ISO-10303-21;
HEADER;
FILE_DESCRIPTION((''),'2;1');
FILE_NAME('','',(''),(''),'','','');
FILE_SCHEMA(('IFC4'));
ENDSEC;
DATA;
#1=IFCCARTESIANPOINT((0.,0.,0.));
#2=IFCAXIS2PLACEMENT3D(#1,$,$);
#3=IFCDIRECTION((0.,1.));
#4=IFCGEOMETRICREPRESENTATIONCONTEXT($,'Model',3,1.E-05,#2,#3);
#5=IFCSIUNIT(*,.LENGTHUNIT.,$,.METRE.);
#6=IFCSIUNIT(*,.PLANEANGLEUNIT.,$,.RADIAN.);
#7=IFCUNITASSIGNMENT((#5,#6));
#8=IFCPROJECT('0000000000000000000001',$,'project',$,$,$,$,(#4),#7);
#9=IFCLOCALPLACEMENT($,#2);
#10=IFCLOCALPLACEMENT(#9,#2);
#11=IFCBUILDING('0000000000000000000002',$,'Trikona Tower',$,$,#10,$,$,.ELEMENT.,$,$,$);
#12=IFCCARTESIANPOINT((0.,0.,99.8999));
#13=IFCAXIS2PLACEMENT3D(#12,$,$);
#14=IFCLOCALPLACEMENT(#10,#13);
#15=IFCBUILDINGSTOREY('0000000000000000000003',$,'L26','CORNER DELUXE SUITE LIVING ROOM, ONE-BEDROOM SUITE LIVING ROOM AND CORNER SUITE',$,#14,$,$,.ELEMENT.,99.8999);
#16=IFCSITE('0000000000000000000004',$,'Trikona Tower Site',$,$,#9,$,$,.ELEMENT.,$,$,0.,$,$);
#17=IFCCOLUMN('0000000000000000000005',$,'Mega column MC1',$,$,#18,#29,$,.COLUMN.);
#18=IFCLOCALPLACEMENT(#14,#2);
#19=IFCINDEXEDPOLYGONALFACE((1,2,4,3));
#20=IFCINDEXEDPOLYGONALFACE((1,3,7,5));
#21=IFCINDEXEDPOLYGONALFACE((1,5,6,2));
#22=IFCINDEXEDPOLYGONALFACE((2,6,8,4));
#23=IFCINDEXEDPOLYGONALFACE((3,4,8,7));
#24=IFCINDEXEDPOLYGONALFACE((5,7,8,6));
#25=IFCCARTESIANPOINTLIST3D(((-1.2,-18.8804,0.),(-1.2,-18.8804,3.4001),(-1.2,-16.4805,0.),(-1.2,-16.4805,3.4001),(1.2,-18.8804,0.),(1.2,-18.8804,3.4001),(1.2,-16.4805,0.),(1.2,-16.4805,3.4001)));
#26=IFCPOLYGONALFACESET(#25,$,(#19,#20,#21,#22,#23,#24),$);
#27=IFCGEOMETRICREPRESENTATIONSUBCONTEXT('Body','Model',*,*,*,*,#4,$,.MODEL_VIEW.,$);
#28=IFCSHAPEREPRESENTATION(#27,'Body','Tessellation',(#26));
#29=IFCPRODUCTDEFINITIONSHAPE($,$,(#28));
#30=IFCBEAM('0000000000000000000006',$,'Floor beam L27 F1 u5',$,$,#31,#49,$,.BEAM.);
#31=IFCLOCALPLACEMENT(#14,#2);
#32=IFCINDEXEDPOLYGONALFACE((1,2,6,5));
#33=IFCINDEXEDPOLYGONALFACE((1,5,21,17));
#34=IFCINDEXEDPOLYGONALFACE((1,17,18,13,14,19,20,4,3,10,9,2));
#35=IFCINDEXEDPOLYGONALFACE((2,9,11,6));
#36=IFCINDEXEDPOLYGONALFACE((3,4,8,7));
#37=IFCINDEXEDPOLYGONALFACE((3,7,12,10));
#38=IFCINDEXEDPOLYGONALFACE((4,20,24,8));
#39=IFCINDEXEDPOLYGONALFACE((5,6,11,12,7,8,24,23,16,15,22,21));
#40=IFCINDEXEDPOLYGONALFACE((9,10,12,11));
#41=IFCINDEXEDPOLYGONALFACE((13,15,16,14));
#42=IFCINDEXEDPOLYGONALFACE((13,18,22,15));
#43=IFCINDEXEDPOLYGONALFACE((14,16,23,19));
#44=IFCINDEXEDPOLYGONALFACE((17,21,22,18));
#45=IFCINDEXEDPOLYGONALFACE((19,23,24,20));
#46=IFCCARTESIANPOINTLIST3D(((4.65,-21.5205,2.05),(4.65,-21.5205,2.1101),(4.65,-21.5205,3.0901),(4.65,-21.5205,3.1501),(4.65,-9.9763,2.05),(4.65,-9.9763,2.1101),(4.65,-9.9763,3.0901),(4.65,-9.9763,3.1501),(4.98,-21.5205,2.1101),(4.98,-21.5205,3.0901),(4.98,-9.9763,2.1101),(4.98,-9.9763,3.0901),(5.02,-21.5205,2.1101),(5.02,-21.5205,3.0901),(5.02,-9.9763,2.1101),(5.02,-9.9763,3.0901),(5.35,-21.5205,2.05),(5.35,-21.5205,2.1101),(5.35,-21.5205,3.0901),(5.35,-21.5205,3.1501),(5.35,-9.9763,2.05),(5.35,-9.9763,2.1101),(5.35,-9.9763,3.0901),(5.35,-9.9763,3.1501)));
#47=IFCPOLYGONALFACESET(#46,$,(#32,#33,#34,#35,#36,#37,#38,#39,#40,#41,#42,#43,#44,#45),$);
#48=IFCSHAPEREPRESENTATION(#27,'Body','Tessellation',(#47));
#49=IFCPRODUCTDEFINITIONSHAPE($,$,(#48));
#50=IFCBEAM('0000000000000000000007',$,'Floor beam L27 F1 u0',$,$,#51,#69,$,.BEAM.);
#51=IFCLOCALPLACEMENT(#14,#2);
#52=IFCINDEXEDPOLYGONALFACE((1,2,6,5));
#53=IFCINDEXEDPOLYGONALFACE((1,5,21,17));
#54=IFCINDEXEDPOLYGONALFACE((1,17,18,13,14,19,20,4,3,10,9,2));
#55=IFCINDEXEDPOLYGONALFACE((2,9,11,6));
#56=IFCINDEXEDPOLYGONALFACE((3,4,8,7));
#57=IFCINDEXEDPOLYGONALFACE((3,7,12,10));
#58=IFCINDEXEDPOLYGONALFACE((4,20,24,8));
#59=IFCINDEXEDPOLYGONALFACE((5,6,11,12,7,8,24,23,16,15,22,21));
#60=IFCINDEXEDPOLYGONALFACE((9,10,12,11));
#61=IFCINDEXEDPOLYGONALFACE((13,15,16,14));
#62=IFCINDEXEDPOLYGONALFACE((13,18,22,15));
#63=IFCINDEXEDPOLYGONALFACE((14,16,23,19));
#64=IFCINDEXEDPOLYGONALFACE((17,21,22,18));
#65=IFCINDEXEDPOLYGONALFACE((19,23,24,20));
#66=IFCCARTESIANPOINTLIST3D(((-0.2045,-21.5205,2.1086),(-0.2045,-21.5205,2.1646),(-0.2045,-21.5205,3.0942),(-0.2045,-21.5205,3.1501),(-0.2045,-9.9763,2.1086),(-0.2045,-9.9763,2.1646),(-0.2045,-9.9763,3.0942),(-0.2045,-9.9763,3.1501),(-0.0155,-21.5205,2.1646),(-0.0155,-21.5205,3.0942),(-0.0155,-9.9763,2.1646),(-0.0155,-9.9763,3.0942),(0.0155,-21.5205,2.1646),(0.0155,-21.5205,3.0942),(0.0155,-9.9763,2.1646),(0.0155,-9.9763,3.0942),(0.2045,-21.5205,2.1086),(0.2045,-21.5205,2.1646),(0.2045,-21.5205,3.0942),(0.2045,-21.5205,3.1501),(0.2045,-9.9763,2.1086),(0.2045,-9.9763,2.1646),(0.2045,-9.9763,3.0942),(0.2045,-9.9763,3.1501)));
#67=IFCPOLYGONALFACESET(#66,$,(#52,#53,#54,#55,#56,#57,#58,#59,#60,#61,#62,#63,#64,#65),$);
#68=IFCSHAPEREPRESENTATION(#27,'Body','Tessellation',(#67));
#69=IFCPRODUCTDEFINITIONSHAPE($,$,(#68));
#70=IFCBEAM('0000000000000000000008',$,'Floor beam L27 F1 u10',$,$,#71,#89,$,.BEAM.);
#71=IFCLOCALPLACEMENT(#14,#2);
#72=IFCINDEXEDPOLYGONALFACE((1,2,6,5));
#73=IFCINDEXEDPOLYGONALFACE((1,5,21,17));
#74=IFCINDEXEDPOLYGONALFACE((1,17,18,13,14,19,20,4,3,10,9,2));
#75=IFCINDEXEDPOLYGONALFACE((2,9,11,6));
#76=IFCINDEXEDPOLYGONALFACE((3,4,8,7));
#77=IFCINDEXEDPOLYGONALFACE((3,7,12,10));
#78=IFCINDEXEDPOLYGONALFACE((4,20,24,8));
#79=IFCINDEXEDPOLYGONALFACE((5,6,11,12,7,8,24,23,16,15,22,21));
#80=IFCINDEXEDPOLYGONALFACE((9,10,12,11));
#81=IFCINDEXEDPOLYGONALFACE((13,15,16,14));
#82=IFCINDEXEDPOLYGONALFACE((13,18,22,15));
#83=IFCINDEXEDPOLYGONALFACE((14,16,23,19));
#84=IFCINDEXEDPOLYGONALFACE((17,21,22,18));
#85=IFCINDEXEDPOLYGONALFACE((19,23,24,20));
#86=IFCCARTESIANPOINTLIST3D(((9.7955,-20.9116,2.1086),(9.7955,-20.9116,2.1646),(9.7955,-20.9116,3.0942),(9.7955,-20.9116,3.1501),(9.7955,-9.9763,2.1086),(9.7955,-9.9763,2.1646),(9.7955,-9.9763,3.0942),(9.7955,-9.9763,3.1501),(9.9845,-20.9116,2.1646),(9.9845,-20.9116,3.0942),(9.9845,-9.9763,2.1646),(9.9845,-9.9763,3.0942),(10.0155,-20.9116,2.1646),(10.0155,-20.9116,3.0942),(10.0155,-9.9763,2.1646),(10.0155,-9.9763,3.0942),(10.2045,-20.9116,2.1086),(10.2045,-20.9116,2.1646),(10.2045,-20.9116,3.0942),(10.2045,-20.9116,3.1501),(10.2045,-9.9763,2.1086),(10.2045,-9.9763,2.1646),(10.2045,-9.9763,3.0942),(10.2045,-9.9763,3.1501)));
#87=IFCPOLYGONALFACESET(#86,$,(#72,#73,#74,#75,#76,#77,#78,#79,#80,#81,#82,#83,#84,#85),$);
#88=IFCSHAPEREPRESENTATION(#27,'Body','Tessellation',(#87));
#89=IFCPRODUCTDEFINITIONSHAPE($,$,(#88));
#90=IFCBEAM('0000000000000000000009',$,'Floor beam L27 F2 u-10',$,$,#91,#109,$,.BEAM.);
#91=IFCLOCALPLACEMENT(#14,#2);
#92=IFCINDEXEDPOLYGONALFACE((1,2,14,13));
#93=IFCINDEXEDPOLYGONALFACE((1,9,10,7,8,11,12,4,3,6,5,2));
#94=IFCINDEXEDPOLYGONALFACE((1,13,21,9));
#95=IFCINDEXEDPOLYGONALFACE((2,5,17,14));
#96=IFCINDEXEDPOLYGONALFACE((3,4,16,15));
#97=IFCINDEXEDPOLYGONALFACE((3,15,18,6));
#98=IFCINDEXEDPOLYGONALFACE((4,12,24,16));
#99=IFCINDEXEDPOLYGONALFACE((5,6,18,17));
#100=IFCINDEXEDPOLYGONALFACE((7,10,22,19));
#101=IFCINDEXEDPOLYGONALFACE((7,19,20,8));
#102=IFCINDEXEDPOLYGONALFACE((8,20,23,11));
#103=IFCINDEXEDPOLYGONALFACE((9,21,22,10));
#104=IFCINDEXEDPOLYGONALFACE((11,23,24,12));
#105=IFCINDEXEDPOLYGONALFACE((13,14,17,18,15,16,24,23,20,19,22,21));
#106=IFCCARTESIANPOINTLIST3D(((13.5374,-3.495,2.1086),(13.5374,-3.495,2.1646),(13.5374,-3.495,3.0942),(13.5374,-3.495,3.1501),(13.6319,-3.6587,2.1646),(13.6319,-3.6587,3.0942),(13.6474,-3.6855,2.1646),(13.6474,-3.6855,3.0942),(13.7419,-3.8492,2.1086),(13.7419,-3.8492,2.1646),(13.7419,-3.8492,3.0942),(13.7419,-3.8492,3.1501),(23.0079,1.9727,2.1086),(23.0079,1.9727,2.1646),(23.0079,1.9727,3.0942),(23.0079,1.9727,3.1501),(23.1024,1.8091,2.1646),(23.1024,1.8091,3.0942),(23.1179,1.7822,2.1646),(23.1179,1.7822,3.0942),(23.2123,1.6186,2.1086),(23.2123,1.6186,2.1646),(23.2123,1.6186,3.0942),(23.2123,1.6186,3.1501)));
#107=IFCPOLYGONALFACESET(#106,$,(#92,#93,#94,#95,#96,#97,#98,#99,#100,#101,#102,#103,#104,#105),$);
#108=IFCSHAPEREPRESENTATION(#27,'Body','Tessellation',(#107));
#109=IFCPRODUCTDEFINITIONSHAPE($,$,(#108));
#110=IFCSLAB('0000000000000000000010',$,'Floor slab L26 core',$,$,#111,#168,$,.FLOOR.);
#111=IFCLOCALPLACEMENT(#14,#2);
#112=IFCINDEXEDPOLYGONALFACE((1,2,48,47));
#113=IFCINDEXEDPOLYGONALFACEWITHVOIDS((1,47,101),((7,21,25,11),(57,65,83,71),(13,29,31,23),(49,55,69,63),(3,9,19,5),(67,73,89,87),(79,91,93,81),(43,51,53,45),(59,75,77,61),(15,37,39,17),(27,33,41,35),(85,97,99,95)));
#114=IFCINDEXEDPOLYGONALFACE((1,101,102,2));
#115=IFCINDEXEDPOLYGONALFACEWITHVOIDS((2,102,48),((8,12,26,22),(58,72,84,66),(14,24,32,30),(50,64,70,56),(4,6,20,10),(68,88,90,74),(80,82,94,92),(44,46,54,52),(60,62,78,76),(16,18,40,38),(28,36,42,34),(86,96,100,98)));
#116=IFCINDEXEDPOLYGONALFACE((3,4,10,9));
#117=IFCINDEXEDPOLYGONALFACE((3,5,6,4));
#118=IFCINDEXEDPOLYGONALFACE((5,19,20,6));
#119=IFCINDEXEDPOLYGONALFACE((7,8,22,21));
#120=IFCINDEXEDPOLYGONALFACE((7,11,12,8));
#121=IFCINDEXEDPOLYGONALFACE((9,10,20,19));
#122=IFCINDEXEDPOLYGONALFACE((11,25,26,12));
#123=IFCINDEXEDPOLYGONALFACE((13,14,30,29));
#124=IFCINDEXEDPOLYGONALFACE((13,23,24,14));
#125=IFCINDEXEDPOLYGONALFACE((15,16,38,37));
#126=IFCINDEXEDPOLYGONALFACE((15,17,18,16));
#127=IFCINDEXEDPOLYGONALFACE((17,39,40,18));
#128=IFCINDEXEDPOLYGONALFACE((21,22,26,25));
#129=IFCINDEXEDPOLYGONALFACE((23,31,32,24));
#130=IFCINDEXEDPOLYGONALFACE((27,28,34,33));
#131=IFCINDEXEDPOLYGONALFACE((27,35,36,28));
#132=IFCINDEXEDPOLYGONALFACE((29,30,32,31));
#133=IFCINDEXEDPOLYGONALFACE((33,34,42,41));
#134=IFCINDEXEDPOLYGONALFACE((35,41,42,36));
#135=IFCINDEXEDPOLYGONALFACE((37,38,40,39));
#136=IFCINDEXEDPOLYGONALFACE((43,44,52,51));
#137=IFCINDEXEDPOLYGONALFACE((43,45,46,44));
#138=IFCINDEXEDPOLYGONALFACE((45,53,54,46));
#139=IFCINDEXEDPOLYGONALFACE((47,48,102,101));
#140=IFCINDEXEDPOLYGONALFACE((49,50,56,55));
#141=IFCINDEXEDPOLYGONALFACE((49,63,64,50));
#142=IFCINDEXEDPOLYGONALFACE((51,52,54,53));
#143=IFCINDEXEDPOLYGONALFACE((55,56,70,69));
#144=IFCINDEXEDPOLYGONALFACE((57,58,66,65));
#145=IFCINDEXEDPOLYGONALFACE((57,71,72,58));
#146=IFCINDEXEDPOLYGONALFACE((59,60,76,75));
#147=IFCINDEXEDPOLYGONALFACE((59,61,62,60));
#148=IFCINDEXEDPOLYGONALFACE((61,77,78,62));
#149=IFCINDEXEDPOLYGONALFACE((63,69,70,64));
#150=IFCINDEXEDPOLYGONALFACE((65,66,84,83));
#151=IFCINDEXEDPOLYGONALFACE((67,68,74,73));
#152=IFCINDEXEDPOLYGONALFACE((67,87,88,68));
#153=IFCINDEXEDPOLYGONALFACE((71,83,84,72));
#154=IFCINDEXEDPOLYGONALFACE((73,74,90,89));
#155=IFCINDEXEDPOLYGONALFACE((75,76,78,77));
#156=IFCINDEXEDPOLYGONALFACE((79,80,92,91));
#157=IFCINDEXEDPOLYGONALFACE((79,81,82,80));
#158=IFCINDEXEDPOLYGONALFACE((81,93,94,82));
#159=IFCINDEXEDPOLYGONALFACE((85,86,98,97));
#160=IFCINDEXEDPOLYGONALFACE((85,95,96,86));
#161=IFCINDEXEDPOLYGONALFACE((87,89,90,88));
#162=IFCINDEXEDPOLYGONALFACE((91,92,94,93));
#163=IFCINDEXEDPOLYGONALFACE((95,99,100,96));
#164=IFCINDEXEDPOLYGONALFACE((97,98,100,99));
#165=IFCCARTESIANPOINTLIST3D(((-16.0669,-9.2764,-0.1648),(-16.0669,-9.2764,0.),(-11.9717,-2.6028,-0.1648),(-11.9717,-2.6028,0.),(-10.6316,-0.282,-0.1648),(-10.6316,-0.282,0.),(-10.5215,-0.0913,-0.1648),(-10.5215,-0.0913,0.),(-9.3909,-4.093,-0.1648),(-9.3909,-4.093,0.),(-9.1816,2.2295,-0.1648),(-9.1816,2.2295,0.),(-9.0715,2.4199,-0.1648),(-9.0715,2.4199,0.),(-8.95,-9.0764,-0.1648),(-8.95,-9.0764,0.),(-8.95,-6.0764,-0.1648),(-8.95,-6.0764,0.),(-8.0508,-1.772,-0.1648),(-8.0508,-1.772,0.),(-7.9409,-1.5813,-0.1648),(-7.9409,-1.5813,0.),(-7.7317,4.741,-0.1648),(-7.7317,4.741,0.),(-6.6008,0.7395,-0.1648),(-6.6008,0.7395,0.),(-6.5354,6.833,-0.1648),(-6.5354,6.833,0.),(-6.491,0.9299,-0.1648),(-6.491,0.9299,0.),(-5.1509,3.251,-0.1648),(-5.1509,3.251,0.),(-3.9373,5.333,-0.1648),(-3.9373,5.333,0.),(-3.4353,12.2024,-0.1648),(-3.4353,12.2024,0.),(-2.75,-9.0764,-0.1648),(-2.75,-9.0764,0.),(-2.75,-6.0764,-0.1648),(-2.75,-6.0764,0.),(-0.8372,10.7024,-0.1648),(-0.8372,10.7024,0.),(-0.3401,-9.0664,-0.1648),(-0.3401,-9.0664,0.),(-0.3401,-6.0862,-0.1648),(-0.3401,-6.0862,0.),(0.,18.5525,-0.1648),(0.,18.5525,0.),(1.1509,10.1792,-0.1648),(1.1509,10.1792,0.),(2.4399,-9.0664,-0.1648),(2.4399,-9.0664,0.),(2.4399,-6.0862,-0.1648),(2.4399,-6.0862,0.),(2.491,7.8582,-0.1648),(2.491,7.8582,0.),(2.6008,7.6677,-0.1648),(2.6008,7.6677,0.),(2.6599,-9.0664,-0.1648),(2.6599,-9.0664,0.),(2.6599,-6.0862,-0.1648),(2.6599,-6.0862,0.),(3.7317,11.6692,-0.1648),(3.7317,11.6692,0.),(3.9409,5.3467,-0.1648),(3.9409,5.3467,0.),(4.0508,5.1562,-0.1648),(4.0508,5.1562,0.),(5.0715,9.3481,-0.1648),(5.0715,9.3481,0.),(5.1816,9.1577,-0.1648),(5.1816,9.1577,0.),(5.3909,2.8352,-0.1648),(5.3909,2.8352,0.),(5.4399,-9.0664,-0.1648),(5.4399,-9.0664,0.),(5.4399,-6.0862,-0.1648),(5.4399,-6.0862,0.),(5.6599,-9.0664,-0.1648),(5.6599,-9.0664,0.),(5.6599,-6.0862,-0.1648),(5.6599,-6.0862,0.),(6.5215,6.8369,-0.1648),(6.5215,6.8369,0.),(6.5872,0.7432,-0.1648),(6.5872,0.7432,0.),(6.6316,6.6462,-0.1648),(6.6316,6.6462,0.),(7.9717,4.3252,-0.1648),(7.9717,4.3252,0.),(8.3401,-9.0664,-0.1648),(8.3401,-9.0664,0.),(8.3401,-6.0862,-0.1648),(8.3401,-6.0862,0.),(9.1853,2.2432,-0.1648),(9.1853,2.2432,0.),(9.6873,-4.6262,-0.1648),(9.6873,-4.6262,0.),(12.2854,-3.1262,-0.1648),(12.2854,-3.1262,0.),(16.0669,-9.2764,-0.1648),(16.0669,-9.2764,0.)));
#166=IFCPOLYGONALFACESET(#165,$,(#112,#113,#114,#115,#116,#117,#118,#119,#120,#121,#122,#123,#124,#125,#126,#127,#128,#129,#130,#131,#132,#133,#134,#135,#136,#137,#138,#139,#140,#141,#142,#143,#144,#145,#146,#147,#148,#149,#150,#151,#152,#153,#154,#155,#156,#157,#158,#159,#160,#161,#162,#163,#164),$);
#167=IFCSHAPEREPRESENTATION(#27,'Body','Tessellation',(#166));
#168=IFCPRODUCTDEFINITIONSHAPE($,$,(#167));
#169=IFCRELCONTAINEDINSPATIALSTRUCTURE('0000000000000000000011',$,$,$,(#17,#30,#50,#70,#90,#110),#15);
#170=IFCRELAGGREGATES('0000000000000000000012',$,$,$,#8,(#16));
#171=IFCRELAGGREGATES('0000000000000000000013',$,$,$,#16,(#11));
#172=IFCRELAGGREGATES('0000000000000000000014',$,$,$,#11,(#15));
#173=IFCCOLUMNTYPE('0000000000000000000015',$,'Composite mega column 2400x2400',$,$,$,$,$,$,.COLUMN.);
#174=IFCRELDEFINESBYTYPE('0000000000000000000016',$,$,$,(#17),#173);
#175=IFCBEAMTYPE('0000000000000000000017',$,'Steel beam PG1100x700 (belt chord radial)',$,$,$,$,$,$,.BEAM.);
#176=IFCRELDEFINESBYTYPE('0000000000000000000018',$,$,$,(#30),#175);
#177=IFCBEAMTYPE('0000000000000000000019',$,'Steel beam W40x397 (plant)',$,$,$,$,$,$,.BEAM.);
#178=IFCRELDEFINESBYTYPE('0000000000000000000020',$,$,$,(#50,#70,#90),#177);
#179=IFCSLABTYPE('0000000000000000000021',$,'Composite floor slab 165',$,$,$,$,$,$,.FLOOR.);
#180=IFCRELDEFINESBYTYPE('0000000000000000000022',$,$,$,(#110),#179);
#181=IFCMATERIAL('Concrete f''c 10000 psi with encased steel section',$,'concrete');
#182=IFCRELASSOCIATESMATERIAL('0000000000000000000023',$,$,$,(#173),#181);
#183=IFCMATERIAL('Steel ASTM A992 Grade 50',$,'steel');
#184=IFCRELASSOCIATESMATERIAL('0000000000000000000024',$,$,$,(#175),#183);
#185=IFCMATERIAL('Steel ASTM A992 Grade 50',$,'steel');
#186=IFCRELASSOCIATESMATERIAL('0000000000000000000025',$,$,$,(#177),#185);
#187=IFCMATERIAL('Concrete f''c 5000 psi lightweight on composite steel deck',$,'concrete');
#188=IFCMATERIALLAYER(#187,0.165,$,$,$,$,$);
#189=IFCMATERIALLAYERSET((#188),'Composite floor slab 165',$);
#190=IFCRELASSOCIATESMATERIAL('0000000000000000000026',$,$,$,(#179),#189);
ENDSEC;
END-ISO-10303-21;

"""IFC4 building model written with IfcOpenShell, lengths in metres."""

from ifc_helpers import new_model, si_unit, direction, frame, origin, origin_2d, place, context, subcontext, project, spatial, polyline, rectangle, i_section, outline, extrude, material, layer, layer_set, material_profile, profile_set, type_object, element, save


model = new_model("IFC4")

# Units and contexts
model_context = context("Model", 3, precision=1e-05, world=origin(), true_north=direction((0.0, 1.0)))
body_context = subcontext(model_context, "Body", "Model", "MODEL_VIEW")
ifc_project = project(units=[si_unit("LENGTHUNIT", "METRE"), si_unit("PLANEANGLEUNIT", "RADIAN")], contexts=[model_context])

# Site, building, storey
site_placement = place(None, origin())
site = spatial("IfcSite", under=ifc_project, at=site_placement, Name="Trikona Tower Site", CompositionType="ELEMENT", RefElevation=0.0)
building_placement = place(site_placement, origin())
building = spatial("IfcBuilding", under=site, at=building_placement, Name="Trikona Tower", CompositionType="ELEMENT")
storey_placement = place(building_placement, frame((0.0, 0.0, 99.8999)))
storey = spatial("IfcBuildingStorey", under=building, at=storey_placement, Name="L26", Description="CORNER DELUXE SUITE LIVING ROOM, ONE-BEDROOM SUITE LIVING ROOM AND CORNER SUITE", CompositionType="ELEMENT", Elevation=99.8999)

# Column
ifc_material_1 = material(Name="Concrete f'c 10000 psi with encased steel section", Category="concrete")
ifc_material_profile_1 = material_profile(ifc_material_1, rectangle(XDim=2.3999, YDim=2.3999, at=origin_2d()), Name="MC2400")
ifc_profile_set_1 = profile_set([ifc_material_profile_1], Name="Concrete f'c 10000 psi with encased steel section")
column_type = type_object("IfcColumnType", Name="Composite mega column 2400x2400", PredefinedType="COLUMN", material=ifc_profile_set_1)
column_placement = place(storey_placement, frame((0.0, -17.6804, 0.0), z_axis=(0.0, 0.0, 1.0), x_axis=(0.0, -1.0, 0.0)))
element("IfcColumn", 1, at=column_placement, inside=storey, type_object=column_type, Name="Mega column MC1", PredefinedType="COLUMN", context=body_context, shape_type="SweptSolid", body=[
    extrude(rectangle(XDim=2.3999, YDim=2.3999, at=origin_2d()), origin(), (0.0, 0.0, 1.0), 3.4001),
])

# Beams
ifc_material_2 = material(Name="Steel ASTM A992 Grade 50", Category="steel")
ifc_material_profile_2 = material_profile(ifc_material_2, i_section(OverallWidth=0.7, OverallDepth=1.1001, WebThickness=0.04, FlangeThickness=0.0601, at=origin_2d()), Name="PG1100X700")
ifc_profile_set_2 = profile_set([ifc_material_profile_2], Name="Steel ASTM A992 Grade 50")
beam_type_1 = type_object("IfcBeamType", Name="Steel beam PG1100x700 (belt chord radial)", PredefinedType="BEAM", material=ifc_profile_set_2)
beam_1_placement = place(storey_placement, frame((5.0, -9.9763, 2.6001), z_axis=(0.0, -1.0, 0.0), x_axis=(1.0, 0.0, 0.0)))
element("IfcBeam", 2, at=beam_1_placement, inside=storey, type_object=beam_type_1, Name="Floor beam L27 F1 u5", PredefinedType="BEAM", context=body_context, shape_type="SweptSolid", body=[
    extrude(i_section(OverallWidth=0.7, OverallDepth=1.1001, WebThickness=0.04, FlangeThickness=0.0601, at=origin_2d()), origin(), (0.0, 0.0, 1.0), 11.5442),
])
ifc_material_3 = material(Name="Steel ASTM A992 Grade 50", Category="steel")
ifc_material_profile_3 = material_profile(ifc_material_3, i_section(OverallWidth=0.4089, OverallDepth=1.0415, WebThickness=0.031, FlangeThickness=0.0559, at=origin_2d()), Name="W40X397")
ifc_profile_set_3 = profile_set([ifc_material_profile_3], Name="Steel ASTM A992 Grade 50")
beam_type_2 = type_object("IfcBeamType", Name="Steel beam W40x397 (plant)", PredefinedType="BEAM", material=ifc_profile_set_3)
beam_2_placement = place(storey_placement, frame((0.0, -9.9763, 2.6294), z_axis=(0.0, -1.0, 0.0), x_axis=(1.0, 0.0, 0.0)))
element("IfcBeam", 3, at=beam_2_placement, inside=storey, type_object=beam_type_2, Name="Floor beam L27 F1 u0", PredefinedType="BEAM", context=body_context, shape_type="SweptSolid", body=[
    extrude(i_section(OverallWidth=0.4089, OverallDepth=1.0415, WebThickness=0.031, FlangeThickness=0.0559, at=origin_2d()), origin(), (0.0, 0.0, 1.0), 11.5442),
])
beam_3_placement = place(storey_placement, frame((10.0, -9.9763, 2.6294), z_axis=(0.0, -1.0, 0.0), x_axis=(1.0, 0.0, 0.0)))
element("IfcBeam", 4, at=beam_3_placement, inside=storey, type_object=beam_type_2, Name="Floor beam L27 F1 u10", PredefinedType="BEAM", context=body_context, shape_type="SweptSolid", body=[
    extrude(i_section(OverallWidth=0.4089, OverallDepth=1.0415, WebThickness=0.031, FlangeThickness=0.0559, at=origin_2d()), origin(), (0.0, 0.0, 1.0), 10.9353),
])
beam_4_placement = place(storey_placement, frame((13.6396, -3.6721, 2.6294), z_axis=(0.866025, 0.5, 0.0), x_axis=(-0.5, 0.866025, 0.0)))
element("IfcBeam", 5, at=beam_4_placement, inside=storey, type_object=beam_type_2, Name="Floor beam L27 F2 u-10", PredefinedType="BEAM", context=body_context, shape_type="SweptSolid", body=[
    extrude(i_section(OverallWidth=0.4089, OverallDepth=1.0415, WebThickness=0.031, FlangeThickness=0.0559, at=origin_2d()), origin(), (0.0, 0.0, 1.0), 10.9355),
])

# Slab
ifc_material_4 = material(Name="Concrete f'c 5000 psi lightweight on composite steel deck", Category="concrete")
ifc_layer_1 = layer(ifc_material_4, 0.165)
ifc_layer_set_1 = layer_set([ifc_layer_1], Name="Composite floor slab 165")
slab_type = type_object("IfcSlabType", Name="Composite floor slab 165", PredefinedType="FLOOR", material=ifc_layer_set_1)
slab_1_placement = place(storey_placement, frame((0.0, 0.0, -0.1648)))
element("IfcSlab", 6, at=slab_1_placement, inside=storey, type_object=slab_type, Name="Floor slab L26 core", PredefinedType="FLOOR", context=body_context, shape_type="SweptSolid", body=[
    extrude(outline(polyline([(-16.0669, -9.2764), (16.0669, -9.2764), (0.0, 18.5525), (-16.0669, -9.2764)]), holes=[polyline([(12.2854, -3.1262), (9.1853, 2.2432), (6.5872, 0.7432), (9.6873, -4.6262), (12.2854, -3.1262)]), polyline([(8.3401, -9.0664), (8.3401, -6.0862), (5.6599, -6.0862), (5.6599, -9.0664), (8.3401, -9.0664)]), polyline([(5.3909, 2.8352), (7.9717, 4.3252), (6.6316, 6.6462), (4.0508, 5.1562), (5.3909, 2.8352)]), polyline([(2.6008, 7.6677), (3.9409, 5.3467), (6.5215, 6.8369), (5.1816, 9.1577), (2.6008, 7.6677)]), polyline([(5.4399, -6.0862), (2.6599, -6.0862), (2.6599, -9.0664), (5.4399, -9.0664), (5.4399, -6.0862)]), polyline([(3.7317, 11.6692), (1.1509, 10.1792), (2.491, 7.8582), (5.0715, 9.3481), (3.7317, 11.6692)]), polyline([(-0.3401, -6.0862), (-0.3401, -9.0664), (2.4399, -9.0664), (2.4399, -6.0862), (-0.3401, -6.0862)]), polyline([(-3.4353, 12.2024), (-6.5354, 6.833), (-3.9373, 5.333), (-0.8372, 10.7024), (-3.4353, 12.2024)]), polyline([(-8.95, -9.0764), (-2.75, -9.0764), (-2.75, -6.0764), (-8.95, -6.0764), (-8.95, -9.0764)]), polyline([(-5.1509, 3.251), (-7.7317, 4.741), (-9.0715, 2.4199), (-6.491, 0.9299), (-5.1509, 3.251)]), polyline([(-7.9409, -1.5813), (-6.6008, 0.7395), (-9.1816, 2.2295), (-10.5215, -0.0913), (-7.9409, -1.5813)]), polyline([(-11.9717, -2.6028), (-9.3909, -4.093), (-8.0508, -1.772), (-10.6316, -0.282), (-11.9717, -2.6028)])]), origin(), (0.0, 0.0, 1.0), 0.1648),
])

save(model, "model.ifc")
